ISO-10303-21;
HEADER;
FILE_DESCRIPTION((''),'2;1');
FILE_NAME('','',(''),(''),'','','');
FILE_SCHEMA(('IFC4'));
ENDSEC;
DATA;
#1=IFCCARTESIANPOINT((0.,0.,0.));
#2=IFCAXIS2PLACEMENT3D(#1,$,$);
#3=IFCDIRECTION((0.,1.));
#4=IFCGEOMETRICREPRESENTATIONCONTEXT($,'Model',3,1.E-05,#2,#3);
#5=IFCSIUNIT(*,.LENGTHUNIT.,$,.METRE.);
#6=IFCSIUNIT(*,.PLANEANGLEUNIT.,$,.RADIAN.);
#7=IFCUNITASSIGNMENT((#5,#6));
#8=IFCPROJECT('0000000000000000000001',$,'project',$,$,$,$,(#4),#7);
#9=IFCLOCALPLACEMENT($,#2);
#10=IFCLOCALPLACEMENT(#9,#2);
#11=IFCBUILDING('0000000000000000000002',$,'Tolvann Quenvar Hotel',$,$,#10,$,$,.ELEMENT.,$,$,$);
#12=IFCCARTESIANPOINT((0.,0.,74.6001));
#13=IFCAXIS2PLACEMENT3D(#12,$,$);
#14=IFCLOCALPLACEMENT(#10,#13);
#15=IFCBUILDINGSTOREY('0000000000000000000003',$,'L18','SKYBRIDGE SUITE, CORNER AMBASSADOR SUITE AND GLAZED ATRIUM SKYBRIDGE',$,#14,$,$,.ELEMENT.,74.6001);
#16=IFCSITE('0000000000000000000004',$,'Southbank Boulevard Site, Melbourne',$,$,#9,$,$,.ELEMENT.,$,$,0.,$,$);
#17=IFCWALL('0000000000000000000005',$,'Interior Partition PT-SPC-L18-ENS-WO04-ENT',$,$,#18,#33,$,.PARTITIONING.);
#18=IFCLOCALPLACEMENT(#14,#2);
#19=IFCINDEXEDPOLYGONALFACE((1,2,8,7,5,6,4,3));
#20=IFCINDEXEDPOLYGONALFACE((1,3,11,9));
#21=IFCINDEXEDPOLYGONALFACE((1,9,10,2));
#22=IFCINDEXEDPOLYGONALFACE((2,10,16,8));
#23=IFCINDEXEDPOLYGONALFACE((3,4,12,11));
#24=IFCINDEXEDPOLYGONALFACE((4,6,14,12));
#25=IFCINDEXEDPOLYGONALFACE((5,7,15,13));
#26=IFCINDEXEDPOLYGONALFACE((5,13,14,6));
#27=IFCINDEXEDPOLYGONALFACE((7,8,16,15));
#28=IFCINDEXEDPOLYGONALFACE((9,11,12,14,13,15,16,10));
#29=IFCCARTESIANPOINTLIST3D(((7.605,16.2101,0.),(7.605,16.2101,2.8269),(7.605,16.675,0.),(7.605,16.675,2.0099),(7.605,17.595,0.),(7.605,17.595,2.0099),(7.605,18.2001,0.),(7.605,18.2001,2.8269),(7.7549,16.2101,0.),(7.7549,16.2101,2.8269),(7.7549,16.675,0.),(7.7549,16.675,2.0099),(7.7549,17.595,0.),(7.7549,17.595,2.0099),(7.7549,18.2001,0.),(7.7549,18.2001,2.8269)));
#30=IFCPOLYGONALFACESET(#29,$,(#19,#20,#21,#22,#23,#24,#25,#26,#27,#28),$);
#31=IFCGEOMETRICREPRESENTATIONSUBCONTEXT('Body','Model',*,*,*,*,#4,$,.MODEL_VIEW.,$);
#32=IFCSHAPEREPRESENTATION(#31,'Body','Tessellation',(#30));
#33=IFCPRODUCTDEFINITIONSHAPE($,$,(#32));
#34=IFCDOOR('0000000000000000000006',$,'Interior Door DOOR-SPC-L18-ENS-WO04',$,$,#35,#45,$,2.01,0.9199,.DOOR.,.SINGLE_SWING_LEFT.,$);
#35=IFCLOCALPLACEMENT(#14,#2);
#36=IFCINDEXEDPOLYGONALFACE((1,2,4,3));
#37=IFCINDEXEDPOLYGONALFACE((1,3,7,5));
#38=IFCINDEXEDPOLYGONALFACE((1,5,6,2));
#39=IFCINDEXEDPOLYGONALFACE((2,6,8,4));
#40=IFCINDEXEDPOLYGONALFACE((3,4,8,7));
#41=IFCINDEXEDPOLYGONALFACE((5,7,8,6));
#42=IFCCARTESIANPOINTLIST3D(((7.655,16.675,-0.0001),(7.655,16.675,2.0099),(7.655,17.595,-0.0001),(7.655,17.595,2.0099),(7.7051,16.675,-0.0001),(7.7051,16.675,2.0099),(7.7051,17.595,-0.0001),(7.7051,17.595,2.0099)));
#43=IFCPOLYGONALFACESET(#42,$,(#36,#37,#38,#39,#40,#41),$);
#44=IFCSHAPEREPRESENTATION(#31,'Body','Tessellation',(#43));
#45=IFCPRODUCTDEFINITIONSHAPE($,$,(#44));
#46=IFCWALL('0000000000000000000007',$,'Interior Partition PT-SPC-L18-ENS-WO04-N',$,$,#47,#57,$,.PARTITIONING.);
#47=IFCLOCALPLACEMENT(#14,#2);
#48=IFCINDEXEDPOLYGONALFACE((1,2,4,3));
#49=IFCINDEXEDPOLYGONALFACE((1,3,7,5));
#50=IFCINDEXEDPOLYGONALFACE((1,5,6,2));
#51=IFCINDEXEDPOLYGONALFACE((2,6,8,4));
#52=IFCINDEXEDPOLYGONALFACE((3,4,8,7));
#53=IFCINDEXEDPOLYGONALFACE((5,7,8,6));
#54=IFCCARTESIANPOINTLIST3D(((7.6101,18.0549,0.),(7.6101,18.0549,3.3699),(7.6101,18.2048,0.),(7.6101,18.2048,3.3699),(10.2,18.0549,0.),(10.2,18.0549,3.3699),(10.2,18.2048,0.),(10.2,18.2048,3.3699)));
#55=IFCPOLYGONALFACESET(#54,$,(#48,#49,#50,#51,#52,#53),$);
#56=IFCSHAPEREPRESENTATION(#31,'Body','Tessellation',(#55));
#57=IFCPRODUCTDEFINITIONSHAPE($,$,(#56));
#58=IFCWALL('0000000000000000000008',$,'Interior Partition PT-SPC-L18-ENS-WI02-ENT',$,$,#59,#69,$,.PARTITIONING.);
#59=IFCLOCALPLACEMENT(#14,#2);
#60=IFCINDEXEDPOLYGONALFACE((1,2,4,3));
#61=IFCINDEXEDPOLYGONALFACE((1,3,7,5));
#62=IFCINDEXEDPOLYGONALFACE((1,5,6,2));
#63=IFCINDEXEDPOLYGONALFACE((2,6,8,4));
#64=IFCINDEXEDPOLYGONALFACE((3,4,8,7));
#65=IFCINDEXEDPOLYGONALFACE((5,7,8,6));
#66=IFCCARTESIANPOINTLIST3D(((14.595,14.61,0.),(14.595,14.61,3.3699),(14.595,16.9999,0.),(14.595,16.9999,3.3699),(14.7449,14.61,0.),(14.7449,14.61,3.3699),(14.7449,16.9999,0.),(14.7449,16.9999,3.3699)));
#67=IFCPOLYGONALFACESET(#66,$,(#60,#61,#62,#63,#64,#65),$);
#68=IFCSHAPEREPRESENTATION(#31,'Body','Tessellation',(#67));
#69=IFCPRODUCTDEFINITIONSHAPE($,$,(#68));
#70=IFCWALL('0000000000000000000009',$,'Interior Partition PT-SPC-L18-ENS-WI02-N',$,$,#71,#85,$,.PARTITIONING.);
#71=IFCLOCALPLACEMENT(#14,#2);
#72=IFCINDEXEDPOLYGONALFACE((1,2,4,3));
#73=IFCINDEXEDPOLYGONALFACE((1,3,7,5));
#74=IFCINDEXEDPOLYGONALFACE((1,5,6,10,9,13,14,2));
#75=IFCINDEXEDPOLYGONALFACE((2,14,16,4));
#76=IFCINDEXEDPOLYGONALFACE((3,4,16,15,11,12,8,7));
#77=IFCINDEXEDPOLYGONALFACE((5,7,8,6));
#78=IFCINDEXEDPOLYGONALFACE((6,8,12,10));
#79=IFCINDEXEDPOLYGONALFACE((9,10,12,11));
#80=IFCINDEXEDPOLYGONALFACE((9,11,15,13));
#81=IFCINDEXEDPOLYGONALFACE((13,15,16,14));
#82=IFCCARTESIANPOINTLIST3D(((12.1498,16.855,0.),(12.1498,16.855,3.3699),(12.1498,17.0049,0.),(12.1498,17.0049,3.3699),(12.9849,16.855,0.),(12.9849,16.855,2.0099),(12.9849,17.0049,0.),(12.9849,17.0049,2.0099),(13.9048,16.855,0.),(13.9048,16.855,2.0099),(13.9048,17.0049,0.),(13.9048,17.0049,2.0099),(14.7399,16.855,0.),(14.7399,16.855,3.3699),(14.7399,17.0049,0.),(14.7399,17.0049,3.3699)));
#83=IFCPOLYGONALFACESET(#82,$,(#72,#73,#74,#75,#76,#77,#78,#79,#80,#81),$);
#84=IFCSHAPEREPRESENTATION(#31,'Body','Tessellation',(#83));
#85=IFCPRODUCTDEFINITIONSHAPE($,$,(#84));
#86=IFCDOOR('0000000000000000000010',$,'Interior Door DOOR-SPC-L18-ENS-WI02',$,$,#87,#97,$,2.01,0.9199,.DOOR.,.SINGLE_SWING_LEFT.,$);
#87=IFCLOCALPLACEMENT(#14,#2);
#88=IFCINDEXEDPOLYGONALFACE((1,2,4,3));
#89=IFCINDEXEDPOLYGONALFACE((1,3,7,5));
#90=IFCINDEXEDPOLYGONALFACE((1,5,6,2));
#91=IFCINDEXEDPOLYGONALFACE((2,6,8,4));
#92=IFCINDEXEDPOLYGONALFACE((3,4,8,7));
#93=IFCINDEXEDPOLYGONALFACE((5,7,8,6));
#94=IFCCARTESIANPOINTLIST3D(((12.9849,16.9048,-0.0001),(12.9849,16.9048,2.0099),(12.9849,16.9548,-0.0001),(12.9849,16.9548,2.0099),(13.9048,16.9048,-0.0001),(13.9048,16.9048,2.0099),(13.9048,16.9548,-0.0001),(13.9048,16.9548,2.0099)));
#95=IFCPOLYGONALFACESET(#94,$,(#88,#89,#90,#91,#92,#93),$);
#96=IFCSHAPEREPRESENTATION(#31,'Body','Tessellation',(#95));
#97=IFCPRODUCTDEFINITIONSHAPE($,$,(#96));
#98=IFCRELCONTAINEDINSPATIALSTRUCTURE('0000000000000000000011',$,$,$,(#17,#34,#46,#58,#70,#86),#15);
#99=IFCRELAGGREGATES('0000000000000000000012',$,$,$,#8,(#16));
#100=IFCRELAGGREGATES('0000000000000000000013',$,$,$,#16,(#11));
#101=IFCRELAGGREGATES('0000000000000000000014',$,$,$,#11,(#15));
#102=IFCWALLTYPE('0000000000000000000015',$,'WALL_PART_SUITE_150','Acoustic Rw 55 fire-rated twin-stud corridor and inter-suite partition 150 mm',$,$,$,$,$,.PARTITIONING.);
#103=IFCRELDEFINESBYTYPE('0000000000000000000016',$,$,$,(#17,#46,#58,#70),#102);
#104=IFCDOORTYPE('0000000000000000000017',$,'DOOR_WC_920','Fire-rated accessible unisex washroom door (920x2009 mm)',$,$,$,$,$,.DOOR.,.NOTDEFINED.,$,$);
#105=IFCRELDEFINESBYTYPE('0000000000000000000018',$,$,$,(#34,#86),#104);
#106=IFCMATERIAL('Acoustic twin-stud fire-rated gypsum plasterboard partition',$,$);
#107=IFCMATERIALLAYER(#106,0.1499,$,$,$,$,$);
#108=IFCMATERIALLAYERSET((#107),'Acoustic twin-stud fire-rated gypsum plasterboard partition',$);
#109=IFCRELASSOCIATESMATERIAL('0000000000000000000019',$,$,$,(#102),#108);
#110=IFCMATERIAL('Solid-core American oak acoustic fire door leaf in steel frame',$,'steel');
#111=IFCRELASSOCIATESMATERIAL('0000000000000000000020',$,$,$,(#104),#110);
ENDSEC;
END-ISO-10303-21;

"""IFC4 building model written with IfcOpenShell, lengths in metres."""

from ifc_helpers import new_model, si_unit, direction, frame, frame_2d, origin, place, context, subcontext, project, spatial, rectangle, extrude, source, transform, mapped, material, layer, layer_set, type_object, type_shapes, element, fill, save


model = new_model("IFC4")

# Units and contexts
model_context = context("Model", 3, precision=1e-05, world=origin(), true_north=direction((0.0, 1.0)))
body_context = subcontext(model_context, "Body", "Model", "MODEL_VIEW")
ifc_project = project(units=[si_unit("LENGTHUNIT", "METRE"), si_unit("PLANEANGLEUNIT", "RADIAN")], contexts=[model_context])

# Site, building, storey
site_placement = place(None, origin())
site = spatial("IfcSite", under=ifc_project, at=site_placement, Name="Southbank Boulevard Site, Melbourne", CompositionType="ELEMENT", RefElevation=0.0)
building_placement = place(site_placement, origin())
building = spatial("IfcBuilding", under=site, at=building_placement, Name="Tolvann Quenvar Hotel", CompositionType="ELEMENT")
storey_placement = place(building_placement, frame((0.0, 0.0, 74.6001)))
storey = spatial("IfcBuildingStorey", under=building, at=storey_placement, Name="L18", Description="SKYBRIDGE SUITE, CORNER AMBASSADOR SUITE AND GLAZED ATRIUM SKYBRIDGE", CompositionType="ELEMENT", Elevation=74.6001)

# Shared definitions
ifc_material_1 = material(Name="Acoustic twin-stud fire-rated gypsum plasterboard partition")

# Shared definitions
ifc_material_2 = material(Name="Solid-core American oak acoustic fire door leaf in steel frame", Category="steel")

# Wall, opening, door
ifc_layer_1 = layer(ifc_material_1, 0.1499)
ifc_layer_set_1 = layer_set([ifc_layer_1], Name="Acoustic twin-stud fire-rated gypsum plasterboard partition")
wall_type_1 = type_object("IfcWallType", Name="WALL_PART_SUITE_150", Description="Acoustic Rw 55 fire-rated twin-stud corridor and inter-suite partition 150 mm", PredefinedType="PARTITIONING", material=ifc_layer_set_1)
wall_1_placement = place(storey_placement, frame((7.6799, 16.21, 0.0), z_axis=(0.0, 0.0, 1.0), x_axis=(0.0, 1.0, 0.0)))
wall_1 = element("IfcWall", 1, at=wall_1_placement, inside=storey, type_object=wall_type_1, Name="Interior Partition PT-SPC-L18-ENS-WO04-ENT", PredefinedType="PARTITIONING", context=body_context, shape_type="SweptSolid", body=[
    extrude(rectangle(XDim=1.99, YDim=0.1499, at=frame_2d((0.9951, 0.0))), origin(), (0.0, 0.0, 1.0), 2.8269),
])
opening_1_placement = place(wall_1_placement, frame((0.4651, 0.0, 0.0)))
opening_1 = element("IfcOpeningElement", 2, at=opening_1_placement, cuts=wall_1, PredefinedType="OPENING", context=body_context, shape_type="SweptSolid", body=[
    extrude(rectangle(XDim=0.9199, YDim=2.01, at=frame_2d((0.46, 1.0049))), frame((0.0, 0.085, 0.0), z_axis=(0.0, -1.0, 0.0), x_axis=(1.0, 0.0, 0.0)), (0.0, 0.0, 1.0), 0.1699),
])
door_type_1 = type_object("IfcDoorType", Name="DOOR_WC_920", Description="Fire-rated accessible unisex washroom door (920x2009 mm)", OperationType="NOTDEFINED", PredefinedType="DOOR", material=ifc_material_2)
shared_shape_1 = source(origin(), body_context, "Body", "SweptSolid", [
    extrude(rectangle(XDim=0.9199, YDim=2.01, at=frame_2d((0.46, 1.0049))), frame((0.0, 0.0249, 0.0), z_axis=(0.0, -1.0, 0.0), x_axis=(1.0, 0.0, 0.0)), (0.0, 0.0, 1.0), 0.05),
])
type_shapes(door_type_1, [shared_shape_1])
door_1_placement = place(opening_1_placement, origin())
door_1 = element("IfcDoor", 3, at=door_1_placement, inside=storey, type_object=door_type_1, Name="Interior Door DOOR-SPC-L18-ENS-WO04", OperationType="SINGLE_SWING_LEFT", OverallHeight=2.01, OverallWidth=0.9199, PredefinedType="DOOR", context=body_context, shape_type="MappedRepresentation", body=[
    mapped(shared_shape_1, transform((0.0, 0.0, 0.0), x_axis=(1.0, 0.0, 0.0), y_axis=(0.0, 1.0, 0.0), z_axis=(0.0, 0.0, 1.0), scale=1.0)),
])
fill(opening_1, door_1)

# Walls
wall_2_placement = place(storey_placement, frame((7.6101, 18.1299, 0.0), z_axis=(0.0, 0.0, 1.0), x_axis=(1.0, 0.0, 0.0)))
element("IfcWall", 4, at=wall_2_placement, inside=storey, type_object=wall_type_1, Name="Interior Partition PT-SPC-L18-ENS-WO04-N", PredefinedType="PARTITIONING", context=body_context, shape_type="SweptSolid", body=[
    extrude(rectangle(XDim=2.5898, YDim=0.1499, at=frame_2d((1.2949, 0.0))), origin(), (0.0, 0.0, 1.0), 3.3699),
])
wall_3_placement = place(storey_placement, frame((14.6699, 14.6101, 0.0), z_axis=(0.0, 0.0, 1.0), x_axis=(0.0, 1.0, 0.0)))
element("IfcWall", 5, at=wall_3_placement, inside=storey, type_object=wall_type_1, Name="Interior Partition PT-SPC-L18-ENS-WI02-ENT", PredefinedType="PARTITIONING", context=body_context, shape_type="SweptSolid", body=[
    extrude(rectangle(XDim=2.3899, YDim=0.1499, at=frame_2d((1.1948, 0.0))), origin(), (0.0, 0.0, 1.0), 3.3699),
])

# Wall, opening, door
wall_4_placement = place(storey_placement, frame((12.1499, 16.9299, 0.0), z_axis=(0.0, 0.0, 1.0), x_axis=(1.0, 0.0, 0.0)))
wall_4 = element("IfcWall", 6, at=wall_4_placement, inside=storey, type_object=wall_type_1, Name="Interior Partition PT-SPC-L18-ENS-WI02-N", PredefinedType="PARTITIONING", context=body_context, shape_type="SweptSolid", body=[
    extrude(rectangle(XDim=2.5901, YDim=0.1499, at=frame_2d((1.2949, 0.0))), origin(), (0.0, 0.0, 1.0), 3.3699),
])
opening_2_placement = place(wall_4_placement, frame((0.835, 0.0, 0.0)))
opening_2 = element("IfcOpeningElement", 7, at=opening_2_placement, cuts=wall_4, PredefinedType="OPENING", context=body_context, shape_type="SweptSolid", body=[
    extrude(rectangle(XDim=0.9199, YDim=2.01, at=frame_2d((0.46, 1.0049))), frame((0.0, 0.085, 0.0), z_axis=(0.0, -1.0, 0.0), x_axis=(1.0, 0.0, 0.0)), (0.0, 0.0, 1.0), 0.1699),
])
door_2_placement = place(opening_2_placement, origin())
door_2 = element("IfcDoor", 8, at=door_2_placement, inside=storey, type_object=door_type_1, Name="Interior Door DOOR-SPC-L18-ENS-WI02", OperationType="SINGLE_SWING_LEFT", OverallHeight=2.01, OverallWidth=0.9199, PredefinedType="DOOR", context=body_context, shape_type="MappedRepresentation", body=[
    mapped(shared_shape_1, transform((0.0, 0.0, 0.0), x_axis=(1.0, 0.0, 0.0), y_axis=(0.0, 1.0, 0.0), z_axis=(0.0, 0.0, 1.0), scale=1.0)),
])
fill(opening_2, door_2)

save(model, "model.ifc")
